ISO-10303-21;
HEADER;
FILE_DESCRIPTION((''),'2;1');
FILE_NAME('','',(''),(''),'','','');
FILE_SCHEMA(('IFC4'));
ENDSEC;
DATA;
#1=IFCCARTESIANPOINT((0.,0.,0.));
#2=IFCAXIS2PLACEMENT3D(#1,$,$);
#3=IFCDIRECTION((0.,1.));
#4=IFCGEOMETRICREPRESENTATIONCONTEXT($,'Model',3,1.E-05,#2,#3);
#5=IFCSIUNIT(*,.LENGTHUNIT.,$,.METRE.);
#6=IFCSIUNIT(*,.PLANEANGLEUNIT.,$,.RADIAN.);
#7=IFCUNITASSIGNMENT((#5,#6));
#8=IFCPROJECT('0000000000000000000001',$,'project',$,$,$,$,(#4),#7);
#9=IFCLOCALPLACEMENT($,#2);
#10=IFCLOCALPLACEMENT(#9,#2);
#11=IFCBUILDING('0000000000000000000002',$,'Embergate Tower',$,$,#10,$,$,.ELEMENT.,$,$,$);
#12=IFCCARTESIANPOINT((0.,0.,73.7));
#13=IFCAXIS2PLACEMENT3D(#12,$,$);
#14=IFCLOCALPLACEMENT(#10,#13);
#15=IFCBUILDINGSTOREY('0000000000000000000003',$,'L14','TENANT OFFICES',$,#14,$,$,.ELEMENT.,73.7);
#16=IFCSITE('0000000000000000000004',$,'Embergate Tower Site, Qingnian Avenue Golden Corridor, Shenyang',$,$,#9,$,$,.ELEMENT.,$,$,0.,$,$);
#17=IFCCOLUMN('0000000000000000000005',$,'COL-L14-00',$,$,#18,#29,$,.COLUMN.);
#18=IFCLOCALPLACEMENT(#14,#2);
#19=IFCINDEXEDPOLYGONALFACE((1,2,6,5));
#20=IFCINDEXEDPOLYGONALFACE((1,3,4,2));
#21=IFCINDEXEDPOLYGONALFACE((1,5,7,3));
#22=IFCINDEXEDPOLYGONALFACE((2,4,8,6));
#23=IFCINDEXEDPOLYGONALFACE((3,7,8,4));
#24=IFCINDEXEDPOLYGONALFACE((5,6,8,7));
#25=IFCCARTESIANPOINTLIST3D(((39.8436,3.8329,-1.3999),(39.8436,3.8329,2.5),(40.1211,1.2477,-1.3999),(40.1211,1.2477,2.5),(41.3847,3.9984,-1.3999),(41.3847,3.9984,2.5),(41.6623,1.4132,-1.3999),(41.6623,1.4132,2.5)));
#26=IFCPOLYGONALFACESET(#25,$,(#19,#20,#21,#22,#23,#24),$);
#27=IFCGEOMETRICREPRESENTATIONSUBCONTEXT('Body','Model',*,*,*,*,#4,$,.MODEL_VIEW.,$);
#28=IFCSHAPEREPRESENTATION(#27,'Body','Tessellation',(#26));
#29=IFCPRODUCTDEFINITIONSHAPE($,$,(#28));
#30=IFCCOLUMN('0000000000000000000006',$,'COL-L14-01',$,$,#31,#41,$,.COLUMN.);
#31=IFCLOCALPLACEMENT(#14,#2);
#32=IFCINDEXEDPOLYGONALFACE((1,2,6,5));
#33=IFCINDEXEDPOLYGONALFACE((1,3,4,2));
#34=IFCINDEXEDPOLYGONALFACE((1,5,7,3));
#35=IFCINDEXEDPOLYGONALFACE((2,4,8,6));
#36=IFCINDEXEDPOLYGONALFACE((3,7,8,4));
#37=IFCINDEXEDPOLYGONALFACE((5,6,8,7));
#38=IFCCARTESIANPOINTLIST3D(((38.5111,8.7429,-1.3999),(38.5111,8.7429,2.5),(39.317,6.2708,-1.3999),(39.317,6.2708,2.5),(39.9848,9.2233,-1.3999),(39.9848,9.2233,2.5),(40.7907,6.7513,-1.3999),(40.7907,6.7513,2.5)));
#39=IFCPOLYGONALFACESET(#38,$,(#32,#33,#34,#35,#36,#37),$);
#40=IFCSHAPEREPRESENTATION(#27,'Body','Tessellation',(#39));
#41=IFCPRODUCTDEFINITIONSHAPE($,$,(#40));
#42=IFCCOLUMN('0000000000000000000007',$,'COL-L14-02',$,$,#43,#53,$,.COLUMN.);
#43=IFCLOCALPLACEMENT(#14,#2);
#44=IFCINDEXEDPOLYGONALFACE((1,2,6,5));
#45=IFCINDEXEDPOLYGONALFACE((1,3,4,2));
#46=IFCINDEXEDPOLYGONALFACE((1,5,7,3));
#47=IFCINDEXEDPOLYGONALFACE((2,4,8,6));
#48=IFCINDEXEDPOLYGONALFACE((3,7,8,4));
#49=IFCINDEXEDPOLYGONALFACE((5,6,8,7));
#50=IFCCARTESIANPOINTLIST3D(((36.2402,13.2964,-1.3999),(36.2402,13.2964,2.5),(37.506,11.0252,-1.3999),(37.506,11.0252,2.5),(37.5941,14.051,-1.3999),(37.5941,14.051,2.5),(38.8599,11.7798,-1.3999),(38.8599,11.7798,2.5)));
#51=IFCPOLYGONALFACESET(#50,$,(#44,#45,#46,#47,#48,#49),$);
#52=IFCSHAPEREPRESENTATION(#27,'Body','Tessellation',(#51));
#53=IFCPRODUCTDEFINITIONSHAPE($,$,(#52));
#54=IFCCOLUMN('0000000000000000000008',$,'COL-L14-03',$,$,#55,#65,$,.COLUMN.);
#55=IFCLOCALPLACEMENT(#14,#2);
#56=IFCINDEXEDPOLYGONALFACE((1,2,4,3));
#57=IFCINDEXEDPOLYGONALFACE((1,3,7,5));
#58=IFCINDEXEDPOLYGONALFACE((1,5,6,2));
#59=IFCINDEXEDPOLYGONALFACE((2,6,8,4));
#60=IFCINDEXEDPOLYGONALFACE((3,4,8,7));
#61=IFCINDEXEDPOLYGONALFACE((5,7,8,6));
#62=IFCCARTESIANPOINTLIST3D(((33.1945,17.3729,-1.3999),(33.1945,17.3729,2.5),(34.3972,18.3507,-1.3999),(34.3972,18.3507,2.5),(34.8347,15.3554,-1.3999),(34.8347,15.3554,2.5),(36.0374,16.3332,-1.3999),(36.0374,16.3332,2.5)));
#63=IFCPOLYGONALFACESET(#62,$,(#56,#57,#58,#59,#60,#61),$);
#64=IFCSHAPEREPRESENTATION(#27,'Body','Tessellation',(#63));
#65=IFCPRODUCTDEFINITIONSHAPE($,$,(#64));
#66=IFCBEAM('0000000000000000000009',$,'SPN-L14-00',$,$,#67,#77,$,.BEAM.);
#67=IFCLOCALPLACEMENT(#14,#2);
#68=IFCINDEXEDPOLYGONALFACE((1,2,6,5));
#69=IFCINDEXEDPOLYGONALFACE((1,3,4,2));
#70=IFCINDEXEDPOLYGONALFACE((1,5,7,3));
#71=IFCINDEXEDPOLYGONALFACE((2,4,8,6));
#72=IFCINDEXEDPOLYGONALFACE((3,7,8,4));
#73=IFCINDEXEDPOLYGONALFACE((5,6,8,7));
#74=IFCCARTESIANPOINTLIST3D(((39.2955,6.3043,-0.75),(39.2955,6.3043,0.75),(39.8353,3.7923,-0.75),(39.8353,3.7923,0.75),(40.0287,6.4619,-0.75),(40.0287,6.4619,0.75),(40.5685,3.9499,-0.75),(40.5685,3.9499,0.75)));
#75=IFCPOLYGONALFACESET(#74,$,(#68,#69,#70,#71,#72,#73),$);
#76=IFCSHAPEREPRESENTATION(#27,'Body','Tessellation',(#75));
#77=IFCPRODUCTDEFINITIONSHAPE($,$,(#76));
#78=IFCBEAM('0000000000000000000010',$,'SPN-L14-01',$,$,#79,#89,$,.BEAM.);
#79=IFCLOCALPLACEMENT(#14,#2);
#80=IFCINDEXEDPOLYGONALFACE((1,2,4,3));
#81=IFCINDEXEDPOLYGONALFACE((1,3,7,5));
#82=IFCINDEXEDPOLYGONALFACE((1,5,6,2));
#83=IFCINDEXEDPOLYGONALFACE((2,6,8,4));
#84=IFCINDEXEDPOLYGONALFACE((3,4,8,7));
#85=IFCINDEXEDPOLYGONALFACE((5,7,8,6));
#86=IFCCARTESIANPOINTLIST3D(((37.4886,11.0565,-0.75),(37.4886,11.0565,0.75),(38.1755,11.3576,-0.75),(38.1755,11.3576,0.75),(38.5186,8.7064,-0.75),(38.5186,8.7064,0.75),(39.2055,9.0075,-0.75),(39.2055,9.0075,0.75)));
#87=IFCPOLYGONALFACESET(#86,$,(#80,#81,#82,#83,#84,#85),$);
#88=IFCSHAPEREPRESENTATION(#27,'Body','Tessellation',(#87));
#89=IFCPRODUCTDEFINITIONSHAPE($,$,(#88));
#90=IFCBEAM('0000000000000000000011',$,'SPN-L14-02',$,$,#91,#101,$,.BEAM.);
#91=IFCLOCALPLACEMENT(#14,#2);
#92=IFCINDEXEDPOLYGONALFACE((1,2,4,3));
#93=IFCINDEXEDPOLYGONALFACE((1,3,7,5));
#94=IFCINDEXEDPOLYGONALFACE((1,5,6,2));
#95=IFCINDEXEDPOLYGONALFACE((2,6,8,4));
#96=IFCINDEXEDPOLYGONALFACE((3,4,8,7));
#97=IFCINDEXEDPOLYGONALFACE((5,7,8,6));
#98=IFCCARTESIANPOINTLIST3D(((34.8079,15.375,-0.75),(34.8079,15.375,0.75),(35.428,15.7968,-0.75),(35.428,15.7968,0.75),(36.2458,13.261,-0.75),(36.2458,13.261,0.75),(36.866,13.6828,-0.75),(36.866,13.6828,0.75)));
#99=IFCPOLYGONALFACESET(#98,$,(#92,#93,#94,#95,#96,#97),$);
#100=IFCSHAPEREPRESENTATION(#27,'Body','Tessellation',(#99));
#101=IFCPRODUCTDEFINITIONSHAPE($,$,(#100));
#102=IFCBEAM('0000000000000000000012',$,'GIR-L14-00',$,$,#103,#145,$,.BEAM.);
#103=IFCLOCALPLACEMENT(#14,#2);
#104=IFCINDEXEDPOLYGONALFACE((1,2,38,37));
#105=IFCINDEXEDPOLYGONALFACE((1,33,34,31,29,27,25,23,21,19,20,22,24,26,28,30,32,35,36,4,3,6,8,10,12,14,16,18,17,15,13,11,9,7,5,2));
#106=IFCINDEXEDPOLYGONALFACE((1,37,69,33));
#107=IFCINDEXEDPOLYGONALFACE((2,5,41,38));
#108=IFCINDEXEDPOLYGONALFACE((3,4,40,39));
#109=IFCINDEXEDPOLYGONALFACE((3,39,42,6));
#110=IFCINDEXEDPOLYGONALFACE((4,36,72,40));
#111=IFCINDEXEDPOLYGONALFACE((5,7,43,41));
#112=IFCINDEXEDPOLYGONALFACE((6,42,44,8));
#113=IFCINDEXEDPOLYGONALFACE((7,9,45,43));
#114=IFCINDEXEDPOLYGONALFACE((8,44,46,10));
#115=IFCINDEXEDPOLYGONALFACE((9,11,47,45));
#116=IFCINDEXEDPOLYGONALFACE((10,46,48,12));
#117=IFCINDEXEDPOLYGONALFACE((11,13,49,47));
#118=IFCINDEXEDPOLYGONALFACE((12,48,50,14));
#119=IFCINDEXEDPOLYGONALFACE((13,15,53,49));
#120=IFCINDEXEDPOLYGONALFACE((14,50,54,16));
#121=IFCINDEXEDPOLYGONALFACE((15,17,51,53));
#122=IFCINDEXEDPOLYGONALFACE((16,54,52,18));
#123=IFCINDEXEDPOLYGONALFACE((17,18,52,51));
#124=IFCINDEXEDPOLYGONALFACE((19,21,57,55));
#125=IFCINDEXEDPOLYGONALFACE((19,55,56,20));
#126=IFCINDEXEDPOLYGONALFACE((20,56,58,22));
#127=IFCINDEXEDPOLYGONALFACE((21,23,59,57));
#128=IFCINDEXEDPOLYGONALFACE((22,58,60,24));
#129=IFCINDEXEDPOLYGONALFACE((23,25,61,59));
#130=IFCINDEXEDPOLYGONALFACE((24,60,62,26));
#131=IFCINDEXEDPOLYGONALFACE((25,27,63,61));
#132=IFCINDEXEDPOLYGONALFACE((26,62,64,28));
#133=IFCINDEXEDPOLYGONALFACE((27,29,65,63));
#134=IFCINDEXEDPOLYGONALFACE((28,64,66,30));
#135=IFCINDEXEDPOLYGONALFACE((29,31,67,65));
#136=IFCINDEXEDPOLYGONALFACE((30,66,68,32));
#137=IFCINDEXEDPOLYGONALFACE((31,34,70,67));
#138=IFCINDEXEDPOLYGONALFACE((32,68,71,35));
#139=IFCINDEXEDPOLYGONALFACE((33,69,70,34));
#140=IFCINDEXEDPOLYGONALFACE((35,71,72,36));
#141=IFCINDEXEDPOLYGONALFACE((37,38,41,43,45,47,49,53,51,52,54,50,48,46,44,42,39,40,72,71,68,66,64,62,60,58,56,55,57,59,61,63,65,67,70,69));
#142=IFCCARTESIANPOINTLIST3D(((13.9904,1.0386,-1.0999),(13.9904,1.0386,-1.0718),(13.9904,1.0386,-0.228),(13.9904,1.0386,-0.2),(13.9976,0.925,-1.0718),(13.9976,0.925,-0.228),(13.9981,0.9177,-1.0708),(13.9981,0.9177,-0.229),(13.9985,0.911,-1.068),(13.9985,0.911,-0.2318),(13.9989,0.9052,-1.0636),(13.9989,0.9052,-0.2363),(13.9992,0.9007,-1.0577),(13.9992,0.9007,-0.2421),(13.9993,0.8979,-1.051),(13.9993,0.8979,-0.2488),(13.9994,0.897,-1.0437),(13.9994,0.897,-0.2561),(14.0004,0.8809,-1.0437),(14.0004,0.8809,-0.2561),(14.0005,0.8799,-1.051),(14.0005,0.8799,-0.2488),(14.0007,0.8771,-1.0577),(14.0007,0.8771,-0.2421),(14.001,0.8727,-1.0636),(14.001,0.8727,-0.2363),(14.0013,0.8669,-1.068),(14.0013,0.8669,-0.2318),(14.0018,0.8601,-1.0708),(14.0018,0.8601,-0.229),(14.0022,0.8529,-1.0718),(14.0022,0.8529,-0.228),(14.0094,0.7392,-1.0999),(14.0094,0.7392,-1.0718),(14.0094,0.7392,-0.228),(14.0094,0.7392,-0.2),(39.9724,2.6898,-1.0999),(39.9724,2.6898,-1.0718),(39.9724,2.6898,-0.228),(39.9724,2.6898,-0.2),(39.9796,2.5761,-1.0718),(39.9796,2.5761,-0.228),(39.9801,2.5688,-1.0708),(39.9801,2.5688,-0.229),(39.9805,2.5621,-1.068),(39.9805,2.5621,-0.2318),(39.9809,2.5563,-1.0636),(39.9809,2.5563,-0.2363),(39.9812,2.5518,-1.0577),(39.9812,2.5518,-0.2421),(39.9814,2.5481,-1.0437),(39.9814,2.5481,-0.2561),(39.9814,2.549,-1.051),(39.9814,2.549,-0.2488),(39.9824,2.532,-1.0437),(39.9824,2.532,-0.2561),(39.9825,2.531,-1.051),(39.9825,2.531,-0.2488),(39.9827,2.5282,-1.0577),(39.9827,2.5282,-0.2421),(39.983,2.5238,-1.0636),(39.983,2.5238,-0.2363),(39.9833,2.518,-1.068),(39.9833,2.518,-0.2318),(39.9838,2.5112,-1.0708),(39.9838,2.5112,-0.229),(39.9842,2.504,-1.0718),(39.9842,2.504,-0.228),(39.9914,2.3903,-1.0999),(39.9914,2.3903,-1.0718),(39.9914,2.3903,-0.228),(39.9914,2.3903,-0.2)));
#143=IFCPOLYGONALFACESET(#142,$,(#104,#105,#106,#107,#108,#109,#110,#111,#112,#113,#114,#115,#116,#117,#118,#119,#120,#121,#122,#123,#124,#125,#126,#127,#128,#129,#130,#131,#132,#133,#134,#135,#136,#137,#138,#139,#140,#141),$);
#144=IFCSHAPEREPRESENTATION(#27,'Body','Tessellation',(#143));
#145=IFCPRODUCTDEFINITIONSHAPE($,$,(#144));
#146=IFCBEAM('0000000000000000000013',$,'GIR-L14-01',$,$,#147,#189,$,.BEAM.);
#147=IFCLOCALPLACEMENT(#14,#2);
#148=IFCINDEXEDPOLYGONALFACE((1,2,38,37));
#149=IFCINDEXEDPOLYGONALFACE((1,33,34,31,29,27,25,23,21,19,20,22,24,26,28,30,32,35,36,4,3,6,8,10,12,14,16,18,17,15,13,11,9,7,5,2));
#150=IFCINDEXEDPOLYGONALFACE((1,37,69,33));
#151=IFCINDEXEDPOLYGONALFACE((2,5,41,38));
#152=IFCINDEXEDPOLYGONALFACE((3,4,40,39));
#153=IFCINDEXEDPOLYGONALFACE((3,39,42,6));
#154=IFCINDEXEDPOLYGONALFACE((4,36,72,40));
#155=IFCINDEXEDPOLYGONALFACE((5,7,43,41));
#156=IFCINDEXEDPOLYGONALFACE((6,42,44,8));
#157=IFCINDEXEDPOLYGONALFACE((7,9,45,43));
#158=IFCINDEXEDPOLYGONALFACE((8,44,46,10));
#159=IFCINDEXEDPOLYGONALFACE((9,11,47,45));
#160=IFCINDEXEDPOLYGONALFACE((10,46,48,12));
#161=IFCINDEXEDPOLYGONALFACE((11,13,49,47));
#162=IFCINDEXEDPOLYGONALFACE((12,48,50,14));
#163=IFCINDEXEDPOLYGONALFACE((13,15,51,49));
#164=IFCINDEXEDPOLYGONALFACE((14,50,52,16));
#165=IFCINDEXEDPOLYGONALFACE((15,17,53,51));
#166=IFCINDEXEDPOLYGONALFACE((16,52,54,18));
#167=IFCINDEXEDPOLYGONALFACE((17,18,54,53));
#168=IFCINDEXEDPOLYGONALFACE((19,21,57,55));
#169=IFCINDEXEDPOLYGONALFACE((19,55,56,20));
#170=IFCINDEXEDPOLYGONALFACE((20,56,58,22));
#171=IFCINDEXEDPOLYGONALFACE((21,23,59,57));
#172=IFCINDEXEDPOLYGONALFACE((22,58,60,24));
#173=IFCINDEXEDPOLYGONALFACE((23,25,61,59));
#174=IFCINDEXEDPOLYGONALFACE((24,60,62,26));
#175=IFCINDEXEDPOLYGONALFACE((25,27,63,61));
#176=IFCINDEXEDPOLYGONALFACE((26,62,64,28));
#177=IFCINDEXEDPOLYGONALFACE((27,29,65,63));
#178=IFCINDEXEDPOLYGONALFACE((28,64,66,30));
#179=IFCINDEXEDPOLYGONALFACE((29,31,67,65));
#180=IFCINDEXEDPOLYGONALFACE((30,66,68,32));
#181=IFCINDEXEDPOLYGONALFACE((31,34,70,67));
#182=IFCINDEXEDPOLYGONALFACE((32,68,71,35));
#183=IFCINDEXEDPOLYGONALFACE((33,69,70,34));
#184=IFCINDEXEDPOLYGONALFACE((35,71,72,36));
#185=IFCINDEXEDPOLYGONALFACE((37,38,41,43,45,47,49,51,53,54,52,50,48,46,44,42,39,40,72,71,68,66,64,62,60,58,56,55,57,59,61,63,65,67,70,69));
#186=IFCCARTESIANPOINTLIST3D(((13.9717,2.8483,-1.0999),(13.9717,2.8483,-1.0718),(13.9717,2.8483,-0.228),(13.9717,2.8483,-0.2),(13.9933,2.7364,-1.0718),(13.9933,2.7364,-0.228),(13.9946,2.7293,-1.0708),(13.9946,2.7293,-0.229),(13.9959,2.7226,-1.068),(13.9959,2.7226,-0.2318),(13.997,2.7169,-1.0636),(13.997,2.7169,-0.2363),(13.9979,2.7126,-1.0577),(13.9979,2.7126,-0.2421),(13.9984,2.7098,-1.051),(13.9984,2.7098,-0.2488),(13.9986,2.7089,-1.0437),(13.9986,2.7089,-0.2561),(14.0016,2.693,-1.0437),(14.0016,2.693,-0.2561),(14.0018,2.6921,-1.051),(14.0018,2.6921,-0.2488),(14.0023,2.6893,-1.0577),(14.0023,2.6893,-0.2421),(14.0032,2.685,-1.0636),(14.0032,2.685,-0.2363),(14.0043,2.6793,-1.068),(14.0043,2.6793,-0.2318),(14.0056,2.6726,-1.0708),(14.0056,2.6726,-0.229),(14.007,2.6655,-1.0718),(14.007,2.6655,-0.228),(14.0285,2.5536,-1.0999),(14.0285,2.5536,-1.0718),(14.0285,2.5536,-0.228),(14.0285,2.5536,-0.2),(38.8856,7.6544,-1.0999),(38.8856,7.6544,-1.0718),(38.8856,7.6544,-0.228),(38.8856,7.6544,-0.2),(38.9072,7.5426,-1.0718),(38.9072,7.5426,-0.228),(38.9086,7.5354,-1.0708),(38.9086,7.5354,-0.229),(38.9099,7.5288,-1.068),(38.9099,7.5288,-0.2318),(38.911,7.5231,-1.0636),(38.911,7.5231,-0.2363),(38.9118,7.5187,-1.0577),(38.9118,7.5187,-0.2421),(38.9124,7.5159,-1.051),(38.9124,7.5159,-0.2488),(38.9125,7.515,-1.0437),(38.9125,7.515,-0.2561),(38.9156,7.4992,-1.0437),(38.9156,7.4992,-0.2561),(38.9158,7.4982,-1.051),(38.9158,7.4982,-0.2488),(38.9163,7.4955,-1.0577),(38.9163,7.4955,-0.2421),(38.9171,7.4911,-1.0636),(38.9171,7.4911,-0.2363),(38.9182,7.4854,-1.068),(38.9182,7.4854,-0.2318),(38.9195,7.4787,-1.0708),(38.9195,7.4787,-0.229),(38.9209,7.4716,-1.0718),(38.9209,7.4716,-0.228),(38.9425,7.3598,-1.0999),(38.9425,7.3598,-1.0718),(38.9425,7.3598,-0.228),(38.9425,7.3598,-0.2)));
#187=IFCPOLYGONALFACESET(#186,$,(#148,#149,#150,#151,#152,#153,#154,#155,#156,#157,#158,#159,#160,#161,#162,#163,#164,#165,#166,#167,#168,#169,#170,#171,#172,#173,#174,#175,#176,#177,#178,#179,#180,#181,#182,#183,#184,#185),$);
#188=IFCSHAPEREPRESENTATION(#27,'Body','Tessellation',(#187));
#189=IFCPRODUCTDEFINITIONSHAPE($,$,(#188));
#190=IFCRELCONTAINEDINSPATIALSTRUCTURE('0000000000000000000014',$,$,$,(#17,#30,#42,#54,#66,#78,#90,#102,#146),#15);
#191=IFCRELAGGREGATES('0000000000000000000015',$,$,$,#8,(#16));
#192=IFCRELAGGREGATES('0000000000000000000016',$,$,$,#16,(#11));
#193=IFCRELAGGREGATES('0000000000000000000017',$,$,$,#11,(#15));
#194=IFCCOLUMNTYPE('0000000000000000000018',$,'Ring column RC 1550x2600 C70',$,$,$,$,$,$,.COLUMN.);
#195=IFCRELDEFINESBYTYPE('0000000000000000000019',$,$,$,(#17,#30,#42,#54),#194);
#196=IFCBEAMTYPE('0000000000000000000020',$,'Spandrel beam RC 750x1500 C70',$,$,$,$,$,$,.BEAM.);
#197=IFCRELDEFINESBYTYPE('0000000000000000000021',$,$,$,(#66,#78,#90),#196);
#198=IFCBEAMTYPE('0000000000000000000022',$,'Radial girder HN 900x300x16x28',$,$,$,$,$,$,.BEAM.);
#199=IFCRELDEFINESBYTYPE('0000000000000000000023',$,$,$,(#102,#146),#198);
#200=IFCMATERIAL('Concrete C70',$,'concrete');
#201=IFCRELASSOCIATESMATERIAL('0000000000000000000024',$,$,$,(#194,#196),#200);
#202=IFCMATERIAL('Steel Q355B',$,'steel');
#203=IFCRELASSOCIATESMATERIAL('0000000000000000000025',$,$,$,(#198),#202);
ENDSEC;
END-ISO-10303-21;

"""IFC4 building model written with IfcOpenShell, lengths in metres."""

from ifc_helpers import new_model, si_unit, direction, frame, origin, origin_2d, place, context, subcontext, project, spatial, rectangle, i_section, extrude, source, transform, mapped, material, material_profile, profile_set, type_object, element, save


model = new_model("IFC4")

# Units and contexts
model_context = context("Model", 3, precision=1e-05, world=origin(), true_north=direction((0.0, 1.0)))
body_context = subcontext(model_context, "Body", "Model", "MODEL_VIEW")
ifc_project = project(units=[si_unit("LENGTHUNIT", "METRE"), si_unit("PLANEANGLEUNIT", "RADIAN")], contexts=[model_context])

# Site, building, storey
site_placement = place(None, origin())
site = spatial("IfcSite", under=ifc_project, at=site_placement, Name="Embergate Tower Site, Qingnian Avenue Golden Corridor, Shenyang", CompositionType="ELEMENT", RefElevation=0.0)
building_placement = place(site_placement, origin())
building = spatial("IfcBuilding", under=site, at=building_placement, Name="Embergate Tower", CompositionType="ELEMENT")
storey_placement = place(building_placement, frame((0.0, 0.0, 73.7)))
storey = spatial("IfcBuildingStorey", under=building, at=storey_placement, Name="L14", Description="TENANT OFFICES", CompositionType="ELEMENT", Elevation=73.7)

# Columns
ifc_material_1 = material(Name="Concrete C70", Category="concrete")
ifc_material_profile_1 = material_profile(ifc_material_1, rectangle(XDim=1.55, YDim=2.6001, at=origin_2d()), Name="RC 1550x2600")
ifc_profile_set_1 = profile_set([ifc_material_profile_1], Name="Concrete C70")
column_type = type_object("IfcColumnType", Name="Ring column RC 1550x2600 C70", PredefinedType="COLUMN", material=ifc_profile_set_1)
shared_shape_1 = source(origin(), body_context, "Body", "SweptSolid", [
    extrude(rectangle(XDim=1.55, YDim=2.6001, at=origin_2d()), origin(), (0.0, 0.0, 1.0), 3.8999),
])
for number, where, z_axis, x_axis, name in (
    (1, (40.7529, 2.623, -1.3999), (0.0, 0.0, 1.0), (0.994286, 0.10675, 0.0), "COL-L14-00"),
    (2, (39.6509, 7.7471, -1.3999), (0.0, 0.0, 1.0), (0.950754, 0.309946, 0.0), "COL-L14-01"),
    (3, (37.55, 12.5381, -1.3999), (0.0, 0.0, 1.0), (0.8735, 0.486823, 0.0), "COL-L14-02"),
    (4, (34.616, 16.853, -1.3999), (0.0, 0.0, 1.0), (0.775925, 0.630825, 0.0), "COL-L14-03"),
):
    element("IfcColumn", number, at=place(storey_placement, frame(where, z_axis=z_axis, x_axis=x_axis)), inside=storey, type_object=column_type, Name=name, PredefinedType="COLUMN", context=body_context, shape_type="MappedRepresentation", body=[
        mapped(shared_shape_1, transform((0.0, 0.0, 0.0))),
    ])

# Beams
ifc_material_profile_2 = material_profile(ifc_material_1, rectangle(XDim=0.75, YDim=1.5, at=origin_2d()), Name="RC 750x1500")
ifc_profile_set_2 = profile_set([ifc_material_profile_2], Name="Concrete C70")
beam_type_1 = type_object("IfcBeamType", Name="Spandrel beam RC 750x1500 C70", PredefinedType="BEAM", material=ifc_profile_set_2)
shared_shape_2 = source(origin(), body_context, "Body", "SweptSolid", [
    extrude(rectangle(XDim=0.75, YDim=1.5, at=origin_2d()), origin(), (0.0, 0.0, 1.0), 2.5693),
])
beam_1_placement = place(storey_placement, frame((40.2019, 3.8711, 0.0), z_axis=(-0.210094, 0.977681, 0.0), x_axis=(-0.977681, -0.210094, 0.0)))
element("IfcBeam", 5, at=beam_1_placement, inside=storey, type_object=beam_type_1, Name="SPN-L14-00", PredefinedType="BEAM", context=body_context, shape_type="MappedRepresentation", body=[
    mapped(shared_shape_2, transform((0.0, 0.0, 0.0))),
])
shared_shape_3 = source(origin(), body_context, "Body", "SweptSolid", [
    extrude(rectangle(XDim=0.75, YDim=1.5, at=origin_2d()), origin(), (0.0, 0.0, 1.0), 2.5659),
])
beam_2_placement = place(storey_placement, frame((38.8621, 8.8569, 0.0), z_axis=(-0.401428, 0.915891, 0.0), x_axis=(-0.915891, -0.401428, 0.0)))
element("IfcBeam", 6, at=beam_2_placement, inside=storey, type_object=beam_type_1, Name="SPN-L14-01", PredefinedType="BEAM", context=body_context, shape_type="MappedRepresentation", body=[
    mapped(shared_shape_3, transform((0.0, 0.0, 0.0))),
])
shared_shape_4 = source(origin(), body_context, "Body", "SweptSolid", [
    extrude(rectangle(XDim=0.75, YDim=1.5, at=origin_2d()), origin(), (0.0, 0.0, 1.0), 2.5566),
])
beam_3_placement = place(storey_placement, frame((36.5559, 13.4719, 0.0), z_axis=(-0.562433, 0.826843, 0.0), x_axis=(-0.826843, -0.562433, 0.0)))
element("IfcBeam", 7, at=beam_3_placement, inside=storey, type_object=beam_type_1, Name="SPN-L14-02", PredefinedType="BEAM", context=body_context, shape_type="MappedRepresentation", body=[
    mapped(shared_shape_4, transform((0.0, 0.0, 0.0))),
])
ifc_material_2 = material(Name="Steel Q355B", Category="steel")
ifc_material_profile_3 = material_profile(ifc_material_2, i_section(OverallWidth=0.3, OverallDepth=0.8999, WebThickness=0.0161, FlangeThickness=0.0281, FilletRadius=0.0281, at=origin_2d()), Name="HN 900x300x16x28")
ifc_profile_set_3 = profile_set([ifc_material_profile_3], Name="Steel Q355 grade B")
beam_type_2 = type_object("IfcBeamType", Name="Radial girder HN 900x300x16x28", PredefinedType="BEAM", material=ifc_profile_set_3)
shared_shape_5 = source(origin(), body_context, "Body", "SweptSolid", [
    extrude(i_section(OverallWidth=0.3, OverallDepth=0.8999, WebThickness=0.0161, FlangeThickness=0.0281, FilletRadius=0.0281, at=origin_2d()), origin(), (0.0, 0.0, 1.0), 26.0344),
])
beam_4_placement = place(storey_placement, frame((39.9819, 2.54, -0.6499), z_axis=(-0.997987, -0.063421, 0.0), x_axis=(0.063421, -0.997987, 0.0)))
element("IfcBeam", 8, at=beam_4_placement, inside=storey, type_object=beam_type_2, Name="GIR-L14-00", PredefinedType="BEAM", context=body_context, shape_type="MappedRepresentation", body=[
    mapped(shared_shape_5, transform((0.0, 0.0, 0.0))),
])
shared_shape_6 = source(origin(), body_context, "Body", "SweptSolid", [
    extrude(i_section(OverallWidth=0.3, OverallDepth=0.8999, WebThickness=0.0161, FlangeThickness=0.0281, FilletRadius=0.0281, at=origin_2d()), origin(), (0.0, 0.0, 1.0), 25.3733),
])
beam_5_placement = place(storey_placement, frame((38.9141, 7.5071, -0.6499), z_axis=(-0.981897, -0.189417, 0.0), x_axis=(0.189417, -0.981897, 0.0)))
element("IfcBeam", 9, at=beam_5_placement, inside=storey, type_object=beam_type_2, Name="GIR-L14-01", PredefinedType="BEAM", context=body_context, shape_type="MappedRepresentation", body=[
    mapped(shared_shape_6, transform((0.0, 0.0, 0.0))),
])

save(model, "model.ifc")
